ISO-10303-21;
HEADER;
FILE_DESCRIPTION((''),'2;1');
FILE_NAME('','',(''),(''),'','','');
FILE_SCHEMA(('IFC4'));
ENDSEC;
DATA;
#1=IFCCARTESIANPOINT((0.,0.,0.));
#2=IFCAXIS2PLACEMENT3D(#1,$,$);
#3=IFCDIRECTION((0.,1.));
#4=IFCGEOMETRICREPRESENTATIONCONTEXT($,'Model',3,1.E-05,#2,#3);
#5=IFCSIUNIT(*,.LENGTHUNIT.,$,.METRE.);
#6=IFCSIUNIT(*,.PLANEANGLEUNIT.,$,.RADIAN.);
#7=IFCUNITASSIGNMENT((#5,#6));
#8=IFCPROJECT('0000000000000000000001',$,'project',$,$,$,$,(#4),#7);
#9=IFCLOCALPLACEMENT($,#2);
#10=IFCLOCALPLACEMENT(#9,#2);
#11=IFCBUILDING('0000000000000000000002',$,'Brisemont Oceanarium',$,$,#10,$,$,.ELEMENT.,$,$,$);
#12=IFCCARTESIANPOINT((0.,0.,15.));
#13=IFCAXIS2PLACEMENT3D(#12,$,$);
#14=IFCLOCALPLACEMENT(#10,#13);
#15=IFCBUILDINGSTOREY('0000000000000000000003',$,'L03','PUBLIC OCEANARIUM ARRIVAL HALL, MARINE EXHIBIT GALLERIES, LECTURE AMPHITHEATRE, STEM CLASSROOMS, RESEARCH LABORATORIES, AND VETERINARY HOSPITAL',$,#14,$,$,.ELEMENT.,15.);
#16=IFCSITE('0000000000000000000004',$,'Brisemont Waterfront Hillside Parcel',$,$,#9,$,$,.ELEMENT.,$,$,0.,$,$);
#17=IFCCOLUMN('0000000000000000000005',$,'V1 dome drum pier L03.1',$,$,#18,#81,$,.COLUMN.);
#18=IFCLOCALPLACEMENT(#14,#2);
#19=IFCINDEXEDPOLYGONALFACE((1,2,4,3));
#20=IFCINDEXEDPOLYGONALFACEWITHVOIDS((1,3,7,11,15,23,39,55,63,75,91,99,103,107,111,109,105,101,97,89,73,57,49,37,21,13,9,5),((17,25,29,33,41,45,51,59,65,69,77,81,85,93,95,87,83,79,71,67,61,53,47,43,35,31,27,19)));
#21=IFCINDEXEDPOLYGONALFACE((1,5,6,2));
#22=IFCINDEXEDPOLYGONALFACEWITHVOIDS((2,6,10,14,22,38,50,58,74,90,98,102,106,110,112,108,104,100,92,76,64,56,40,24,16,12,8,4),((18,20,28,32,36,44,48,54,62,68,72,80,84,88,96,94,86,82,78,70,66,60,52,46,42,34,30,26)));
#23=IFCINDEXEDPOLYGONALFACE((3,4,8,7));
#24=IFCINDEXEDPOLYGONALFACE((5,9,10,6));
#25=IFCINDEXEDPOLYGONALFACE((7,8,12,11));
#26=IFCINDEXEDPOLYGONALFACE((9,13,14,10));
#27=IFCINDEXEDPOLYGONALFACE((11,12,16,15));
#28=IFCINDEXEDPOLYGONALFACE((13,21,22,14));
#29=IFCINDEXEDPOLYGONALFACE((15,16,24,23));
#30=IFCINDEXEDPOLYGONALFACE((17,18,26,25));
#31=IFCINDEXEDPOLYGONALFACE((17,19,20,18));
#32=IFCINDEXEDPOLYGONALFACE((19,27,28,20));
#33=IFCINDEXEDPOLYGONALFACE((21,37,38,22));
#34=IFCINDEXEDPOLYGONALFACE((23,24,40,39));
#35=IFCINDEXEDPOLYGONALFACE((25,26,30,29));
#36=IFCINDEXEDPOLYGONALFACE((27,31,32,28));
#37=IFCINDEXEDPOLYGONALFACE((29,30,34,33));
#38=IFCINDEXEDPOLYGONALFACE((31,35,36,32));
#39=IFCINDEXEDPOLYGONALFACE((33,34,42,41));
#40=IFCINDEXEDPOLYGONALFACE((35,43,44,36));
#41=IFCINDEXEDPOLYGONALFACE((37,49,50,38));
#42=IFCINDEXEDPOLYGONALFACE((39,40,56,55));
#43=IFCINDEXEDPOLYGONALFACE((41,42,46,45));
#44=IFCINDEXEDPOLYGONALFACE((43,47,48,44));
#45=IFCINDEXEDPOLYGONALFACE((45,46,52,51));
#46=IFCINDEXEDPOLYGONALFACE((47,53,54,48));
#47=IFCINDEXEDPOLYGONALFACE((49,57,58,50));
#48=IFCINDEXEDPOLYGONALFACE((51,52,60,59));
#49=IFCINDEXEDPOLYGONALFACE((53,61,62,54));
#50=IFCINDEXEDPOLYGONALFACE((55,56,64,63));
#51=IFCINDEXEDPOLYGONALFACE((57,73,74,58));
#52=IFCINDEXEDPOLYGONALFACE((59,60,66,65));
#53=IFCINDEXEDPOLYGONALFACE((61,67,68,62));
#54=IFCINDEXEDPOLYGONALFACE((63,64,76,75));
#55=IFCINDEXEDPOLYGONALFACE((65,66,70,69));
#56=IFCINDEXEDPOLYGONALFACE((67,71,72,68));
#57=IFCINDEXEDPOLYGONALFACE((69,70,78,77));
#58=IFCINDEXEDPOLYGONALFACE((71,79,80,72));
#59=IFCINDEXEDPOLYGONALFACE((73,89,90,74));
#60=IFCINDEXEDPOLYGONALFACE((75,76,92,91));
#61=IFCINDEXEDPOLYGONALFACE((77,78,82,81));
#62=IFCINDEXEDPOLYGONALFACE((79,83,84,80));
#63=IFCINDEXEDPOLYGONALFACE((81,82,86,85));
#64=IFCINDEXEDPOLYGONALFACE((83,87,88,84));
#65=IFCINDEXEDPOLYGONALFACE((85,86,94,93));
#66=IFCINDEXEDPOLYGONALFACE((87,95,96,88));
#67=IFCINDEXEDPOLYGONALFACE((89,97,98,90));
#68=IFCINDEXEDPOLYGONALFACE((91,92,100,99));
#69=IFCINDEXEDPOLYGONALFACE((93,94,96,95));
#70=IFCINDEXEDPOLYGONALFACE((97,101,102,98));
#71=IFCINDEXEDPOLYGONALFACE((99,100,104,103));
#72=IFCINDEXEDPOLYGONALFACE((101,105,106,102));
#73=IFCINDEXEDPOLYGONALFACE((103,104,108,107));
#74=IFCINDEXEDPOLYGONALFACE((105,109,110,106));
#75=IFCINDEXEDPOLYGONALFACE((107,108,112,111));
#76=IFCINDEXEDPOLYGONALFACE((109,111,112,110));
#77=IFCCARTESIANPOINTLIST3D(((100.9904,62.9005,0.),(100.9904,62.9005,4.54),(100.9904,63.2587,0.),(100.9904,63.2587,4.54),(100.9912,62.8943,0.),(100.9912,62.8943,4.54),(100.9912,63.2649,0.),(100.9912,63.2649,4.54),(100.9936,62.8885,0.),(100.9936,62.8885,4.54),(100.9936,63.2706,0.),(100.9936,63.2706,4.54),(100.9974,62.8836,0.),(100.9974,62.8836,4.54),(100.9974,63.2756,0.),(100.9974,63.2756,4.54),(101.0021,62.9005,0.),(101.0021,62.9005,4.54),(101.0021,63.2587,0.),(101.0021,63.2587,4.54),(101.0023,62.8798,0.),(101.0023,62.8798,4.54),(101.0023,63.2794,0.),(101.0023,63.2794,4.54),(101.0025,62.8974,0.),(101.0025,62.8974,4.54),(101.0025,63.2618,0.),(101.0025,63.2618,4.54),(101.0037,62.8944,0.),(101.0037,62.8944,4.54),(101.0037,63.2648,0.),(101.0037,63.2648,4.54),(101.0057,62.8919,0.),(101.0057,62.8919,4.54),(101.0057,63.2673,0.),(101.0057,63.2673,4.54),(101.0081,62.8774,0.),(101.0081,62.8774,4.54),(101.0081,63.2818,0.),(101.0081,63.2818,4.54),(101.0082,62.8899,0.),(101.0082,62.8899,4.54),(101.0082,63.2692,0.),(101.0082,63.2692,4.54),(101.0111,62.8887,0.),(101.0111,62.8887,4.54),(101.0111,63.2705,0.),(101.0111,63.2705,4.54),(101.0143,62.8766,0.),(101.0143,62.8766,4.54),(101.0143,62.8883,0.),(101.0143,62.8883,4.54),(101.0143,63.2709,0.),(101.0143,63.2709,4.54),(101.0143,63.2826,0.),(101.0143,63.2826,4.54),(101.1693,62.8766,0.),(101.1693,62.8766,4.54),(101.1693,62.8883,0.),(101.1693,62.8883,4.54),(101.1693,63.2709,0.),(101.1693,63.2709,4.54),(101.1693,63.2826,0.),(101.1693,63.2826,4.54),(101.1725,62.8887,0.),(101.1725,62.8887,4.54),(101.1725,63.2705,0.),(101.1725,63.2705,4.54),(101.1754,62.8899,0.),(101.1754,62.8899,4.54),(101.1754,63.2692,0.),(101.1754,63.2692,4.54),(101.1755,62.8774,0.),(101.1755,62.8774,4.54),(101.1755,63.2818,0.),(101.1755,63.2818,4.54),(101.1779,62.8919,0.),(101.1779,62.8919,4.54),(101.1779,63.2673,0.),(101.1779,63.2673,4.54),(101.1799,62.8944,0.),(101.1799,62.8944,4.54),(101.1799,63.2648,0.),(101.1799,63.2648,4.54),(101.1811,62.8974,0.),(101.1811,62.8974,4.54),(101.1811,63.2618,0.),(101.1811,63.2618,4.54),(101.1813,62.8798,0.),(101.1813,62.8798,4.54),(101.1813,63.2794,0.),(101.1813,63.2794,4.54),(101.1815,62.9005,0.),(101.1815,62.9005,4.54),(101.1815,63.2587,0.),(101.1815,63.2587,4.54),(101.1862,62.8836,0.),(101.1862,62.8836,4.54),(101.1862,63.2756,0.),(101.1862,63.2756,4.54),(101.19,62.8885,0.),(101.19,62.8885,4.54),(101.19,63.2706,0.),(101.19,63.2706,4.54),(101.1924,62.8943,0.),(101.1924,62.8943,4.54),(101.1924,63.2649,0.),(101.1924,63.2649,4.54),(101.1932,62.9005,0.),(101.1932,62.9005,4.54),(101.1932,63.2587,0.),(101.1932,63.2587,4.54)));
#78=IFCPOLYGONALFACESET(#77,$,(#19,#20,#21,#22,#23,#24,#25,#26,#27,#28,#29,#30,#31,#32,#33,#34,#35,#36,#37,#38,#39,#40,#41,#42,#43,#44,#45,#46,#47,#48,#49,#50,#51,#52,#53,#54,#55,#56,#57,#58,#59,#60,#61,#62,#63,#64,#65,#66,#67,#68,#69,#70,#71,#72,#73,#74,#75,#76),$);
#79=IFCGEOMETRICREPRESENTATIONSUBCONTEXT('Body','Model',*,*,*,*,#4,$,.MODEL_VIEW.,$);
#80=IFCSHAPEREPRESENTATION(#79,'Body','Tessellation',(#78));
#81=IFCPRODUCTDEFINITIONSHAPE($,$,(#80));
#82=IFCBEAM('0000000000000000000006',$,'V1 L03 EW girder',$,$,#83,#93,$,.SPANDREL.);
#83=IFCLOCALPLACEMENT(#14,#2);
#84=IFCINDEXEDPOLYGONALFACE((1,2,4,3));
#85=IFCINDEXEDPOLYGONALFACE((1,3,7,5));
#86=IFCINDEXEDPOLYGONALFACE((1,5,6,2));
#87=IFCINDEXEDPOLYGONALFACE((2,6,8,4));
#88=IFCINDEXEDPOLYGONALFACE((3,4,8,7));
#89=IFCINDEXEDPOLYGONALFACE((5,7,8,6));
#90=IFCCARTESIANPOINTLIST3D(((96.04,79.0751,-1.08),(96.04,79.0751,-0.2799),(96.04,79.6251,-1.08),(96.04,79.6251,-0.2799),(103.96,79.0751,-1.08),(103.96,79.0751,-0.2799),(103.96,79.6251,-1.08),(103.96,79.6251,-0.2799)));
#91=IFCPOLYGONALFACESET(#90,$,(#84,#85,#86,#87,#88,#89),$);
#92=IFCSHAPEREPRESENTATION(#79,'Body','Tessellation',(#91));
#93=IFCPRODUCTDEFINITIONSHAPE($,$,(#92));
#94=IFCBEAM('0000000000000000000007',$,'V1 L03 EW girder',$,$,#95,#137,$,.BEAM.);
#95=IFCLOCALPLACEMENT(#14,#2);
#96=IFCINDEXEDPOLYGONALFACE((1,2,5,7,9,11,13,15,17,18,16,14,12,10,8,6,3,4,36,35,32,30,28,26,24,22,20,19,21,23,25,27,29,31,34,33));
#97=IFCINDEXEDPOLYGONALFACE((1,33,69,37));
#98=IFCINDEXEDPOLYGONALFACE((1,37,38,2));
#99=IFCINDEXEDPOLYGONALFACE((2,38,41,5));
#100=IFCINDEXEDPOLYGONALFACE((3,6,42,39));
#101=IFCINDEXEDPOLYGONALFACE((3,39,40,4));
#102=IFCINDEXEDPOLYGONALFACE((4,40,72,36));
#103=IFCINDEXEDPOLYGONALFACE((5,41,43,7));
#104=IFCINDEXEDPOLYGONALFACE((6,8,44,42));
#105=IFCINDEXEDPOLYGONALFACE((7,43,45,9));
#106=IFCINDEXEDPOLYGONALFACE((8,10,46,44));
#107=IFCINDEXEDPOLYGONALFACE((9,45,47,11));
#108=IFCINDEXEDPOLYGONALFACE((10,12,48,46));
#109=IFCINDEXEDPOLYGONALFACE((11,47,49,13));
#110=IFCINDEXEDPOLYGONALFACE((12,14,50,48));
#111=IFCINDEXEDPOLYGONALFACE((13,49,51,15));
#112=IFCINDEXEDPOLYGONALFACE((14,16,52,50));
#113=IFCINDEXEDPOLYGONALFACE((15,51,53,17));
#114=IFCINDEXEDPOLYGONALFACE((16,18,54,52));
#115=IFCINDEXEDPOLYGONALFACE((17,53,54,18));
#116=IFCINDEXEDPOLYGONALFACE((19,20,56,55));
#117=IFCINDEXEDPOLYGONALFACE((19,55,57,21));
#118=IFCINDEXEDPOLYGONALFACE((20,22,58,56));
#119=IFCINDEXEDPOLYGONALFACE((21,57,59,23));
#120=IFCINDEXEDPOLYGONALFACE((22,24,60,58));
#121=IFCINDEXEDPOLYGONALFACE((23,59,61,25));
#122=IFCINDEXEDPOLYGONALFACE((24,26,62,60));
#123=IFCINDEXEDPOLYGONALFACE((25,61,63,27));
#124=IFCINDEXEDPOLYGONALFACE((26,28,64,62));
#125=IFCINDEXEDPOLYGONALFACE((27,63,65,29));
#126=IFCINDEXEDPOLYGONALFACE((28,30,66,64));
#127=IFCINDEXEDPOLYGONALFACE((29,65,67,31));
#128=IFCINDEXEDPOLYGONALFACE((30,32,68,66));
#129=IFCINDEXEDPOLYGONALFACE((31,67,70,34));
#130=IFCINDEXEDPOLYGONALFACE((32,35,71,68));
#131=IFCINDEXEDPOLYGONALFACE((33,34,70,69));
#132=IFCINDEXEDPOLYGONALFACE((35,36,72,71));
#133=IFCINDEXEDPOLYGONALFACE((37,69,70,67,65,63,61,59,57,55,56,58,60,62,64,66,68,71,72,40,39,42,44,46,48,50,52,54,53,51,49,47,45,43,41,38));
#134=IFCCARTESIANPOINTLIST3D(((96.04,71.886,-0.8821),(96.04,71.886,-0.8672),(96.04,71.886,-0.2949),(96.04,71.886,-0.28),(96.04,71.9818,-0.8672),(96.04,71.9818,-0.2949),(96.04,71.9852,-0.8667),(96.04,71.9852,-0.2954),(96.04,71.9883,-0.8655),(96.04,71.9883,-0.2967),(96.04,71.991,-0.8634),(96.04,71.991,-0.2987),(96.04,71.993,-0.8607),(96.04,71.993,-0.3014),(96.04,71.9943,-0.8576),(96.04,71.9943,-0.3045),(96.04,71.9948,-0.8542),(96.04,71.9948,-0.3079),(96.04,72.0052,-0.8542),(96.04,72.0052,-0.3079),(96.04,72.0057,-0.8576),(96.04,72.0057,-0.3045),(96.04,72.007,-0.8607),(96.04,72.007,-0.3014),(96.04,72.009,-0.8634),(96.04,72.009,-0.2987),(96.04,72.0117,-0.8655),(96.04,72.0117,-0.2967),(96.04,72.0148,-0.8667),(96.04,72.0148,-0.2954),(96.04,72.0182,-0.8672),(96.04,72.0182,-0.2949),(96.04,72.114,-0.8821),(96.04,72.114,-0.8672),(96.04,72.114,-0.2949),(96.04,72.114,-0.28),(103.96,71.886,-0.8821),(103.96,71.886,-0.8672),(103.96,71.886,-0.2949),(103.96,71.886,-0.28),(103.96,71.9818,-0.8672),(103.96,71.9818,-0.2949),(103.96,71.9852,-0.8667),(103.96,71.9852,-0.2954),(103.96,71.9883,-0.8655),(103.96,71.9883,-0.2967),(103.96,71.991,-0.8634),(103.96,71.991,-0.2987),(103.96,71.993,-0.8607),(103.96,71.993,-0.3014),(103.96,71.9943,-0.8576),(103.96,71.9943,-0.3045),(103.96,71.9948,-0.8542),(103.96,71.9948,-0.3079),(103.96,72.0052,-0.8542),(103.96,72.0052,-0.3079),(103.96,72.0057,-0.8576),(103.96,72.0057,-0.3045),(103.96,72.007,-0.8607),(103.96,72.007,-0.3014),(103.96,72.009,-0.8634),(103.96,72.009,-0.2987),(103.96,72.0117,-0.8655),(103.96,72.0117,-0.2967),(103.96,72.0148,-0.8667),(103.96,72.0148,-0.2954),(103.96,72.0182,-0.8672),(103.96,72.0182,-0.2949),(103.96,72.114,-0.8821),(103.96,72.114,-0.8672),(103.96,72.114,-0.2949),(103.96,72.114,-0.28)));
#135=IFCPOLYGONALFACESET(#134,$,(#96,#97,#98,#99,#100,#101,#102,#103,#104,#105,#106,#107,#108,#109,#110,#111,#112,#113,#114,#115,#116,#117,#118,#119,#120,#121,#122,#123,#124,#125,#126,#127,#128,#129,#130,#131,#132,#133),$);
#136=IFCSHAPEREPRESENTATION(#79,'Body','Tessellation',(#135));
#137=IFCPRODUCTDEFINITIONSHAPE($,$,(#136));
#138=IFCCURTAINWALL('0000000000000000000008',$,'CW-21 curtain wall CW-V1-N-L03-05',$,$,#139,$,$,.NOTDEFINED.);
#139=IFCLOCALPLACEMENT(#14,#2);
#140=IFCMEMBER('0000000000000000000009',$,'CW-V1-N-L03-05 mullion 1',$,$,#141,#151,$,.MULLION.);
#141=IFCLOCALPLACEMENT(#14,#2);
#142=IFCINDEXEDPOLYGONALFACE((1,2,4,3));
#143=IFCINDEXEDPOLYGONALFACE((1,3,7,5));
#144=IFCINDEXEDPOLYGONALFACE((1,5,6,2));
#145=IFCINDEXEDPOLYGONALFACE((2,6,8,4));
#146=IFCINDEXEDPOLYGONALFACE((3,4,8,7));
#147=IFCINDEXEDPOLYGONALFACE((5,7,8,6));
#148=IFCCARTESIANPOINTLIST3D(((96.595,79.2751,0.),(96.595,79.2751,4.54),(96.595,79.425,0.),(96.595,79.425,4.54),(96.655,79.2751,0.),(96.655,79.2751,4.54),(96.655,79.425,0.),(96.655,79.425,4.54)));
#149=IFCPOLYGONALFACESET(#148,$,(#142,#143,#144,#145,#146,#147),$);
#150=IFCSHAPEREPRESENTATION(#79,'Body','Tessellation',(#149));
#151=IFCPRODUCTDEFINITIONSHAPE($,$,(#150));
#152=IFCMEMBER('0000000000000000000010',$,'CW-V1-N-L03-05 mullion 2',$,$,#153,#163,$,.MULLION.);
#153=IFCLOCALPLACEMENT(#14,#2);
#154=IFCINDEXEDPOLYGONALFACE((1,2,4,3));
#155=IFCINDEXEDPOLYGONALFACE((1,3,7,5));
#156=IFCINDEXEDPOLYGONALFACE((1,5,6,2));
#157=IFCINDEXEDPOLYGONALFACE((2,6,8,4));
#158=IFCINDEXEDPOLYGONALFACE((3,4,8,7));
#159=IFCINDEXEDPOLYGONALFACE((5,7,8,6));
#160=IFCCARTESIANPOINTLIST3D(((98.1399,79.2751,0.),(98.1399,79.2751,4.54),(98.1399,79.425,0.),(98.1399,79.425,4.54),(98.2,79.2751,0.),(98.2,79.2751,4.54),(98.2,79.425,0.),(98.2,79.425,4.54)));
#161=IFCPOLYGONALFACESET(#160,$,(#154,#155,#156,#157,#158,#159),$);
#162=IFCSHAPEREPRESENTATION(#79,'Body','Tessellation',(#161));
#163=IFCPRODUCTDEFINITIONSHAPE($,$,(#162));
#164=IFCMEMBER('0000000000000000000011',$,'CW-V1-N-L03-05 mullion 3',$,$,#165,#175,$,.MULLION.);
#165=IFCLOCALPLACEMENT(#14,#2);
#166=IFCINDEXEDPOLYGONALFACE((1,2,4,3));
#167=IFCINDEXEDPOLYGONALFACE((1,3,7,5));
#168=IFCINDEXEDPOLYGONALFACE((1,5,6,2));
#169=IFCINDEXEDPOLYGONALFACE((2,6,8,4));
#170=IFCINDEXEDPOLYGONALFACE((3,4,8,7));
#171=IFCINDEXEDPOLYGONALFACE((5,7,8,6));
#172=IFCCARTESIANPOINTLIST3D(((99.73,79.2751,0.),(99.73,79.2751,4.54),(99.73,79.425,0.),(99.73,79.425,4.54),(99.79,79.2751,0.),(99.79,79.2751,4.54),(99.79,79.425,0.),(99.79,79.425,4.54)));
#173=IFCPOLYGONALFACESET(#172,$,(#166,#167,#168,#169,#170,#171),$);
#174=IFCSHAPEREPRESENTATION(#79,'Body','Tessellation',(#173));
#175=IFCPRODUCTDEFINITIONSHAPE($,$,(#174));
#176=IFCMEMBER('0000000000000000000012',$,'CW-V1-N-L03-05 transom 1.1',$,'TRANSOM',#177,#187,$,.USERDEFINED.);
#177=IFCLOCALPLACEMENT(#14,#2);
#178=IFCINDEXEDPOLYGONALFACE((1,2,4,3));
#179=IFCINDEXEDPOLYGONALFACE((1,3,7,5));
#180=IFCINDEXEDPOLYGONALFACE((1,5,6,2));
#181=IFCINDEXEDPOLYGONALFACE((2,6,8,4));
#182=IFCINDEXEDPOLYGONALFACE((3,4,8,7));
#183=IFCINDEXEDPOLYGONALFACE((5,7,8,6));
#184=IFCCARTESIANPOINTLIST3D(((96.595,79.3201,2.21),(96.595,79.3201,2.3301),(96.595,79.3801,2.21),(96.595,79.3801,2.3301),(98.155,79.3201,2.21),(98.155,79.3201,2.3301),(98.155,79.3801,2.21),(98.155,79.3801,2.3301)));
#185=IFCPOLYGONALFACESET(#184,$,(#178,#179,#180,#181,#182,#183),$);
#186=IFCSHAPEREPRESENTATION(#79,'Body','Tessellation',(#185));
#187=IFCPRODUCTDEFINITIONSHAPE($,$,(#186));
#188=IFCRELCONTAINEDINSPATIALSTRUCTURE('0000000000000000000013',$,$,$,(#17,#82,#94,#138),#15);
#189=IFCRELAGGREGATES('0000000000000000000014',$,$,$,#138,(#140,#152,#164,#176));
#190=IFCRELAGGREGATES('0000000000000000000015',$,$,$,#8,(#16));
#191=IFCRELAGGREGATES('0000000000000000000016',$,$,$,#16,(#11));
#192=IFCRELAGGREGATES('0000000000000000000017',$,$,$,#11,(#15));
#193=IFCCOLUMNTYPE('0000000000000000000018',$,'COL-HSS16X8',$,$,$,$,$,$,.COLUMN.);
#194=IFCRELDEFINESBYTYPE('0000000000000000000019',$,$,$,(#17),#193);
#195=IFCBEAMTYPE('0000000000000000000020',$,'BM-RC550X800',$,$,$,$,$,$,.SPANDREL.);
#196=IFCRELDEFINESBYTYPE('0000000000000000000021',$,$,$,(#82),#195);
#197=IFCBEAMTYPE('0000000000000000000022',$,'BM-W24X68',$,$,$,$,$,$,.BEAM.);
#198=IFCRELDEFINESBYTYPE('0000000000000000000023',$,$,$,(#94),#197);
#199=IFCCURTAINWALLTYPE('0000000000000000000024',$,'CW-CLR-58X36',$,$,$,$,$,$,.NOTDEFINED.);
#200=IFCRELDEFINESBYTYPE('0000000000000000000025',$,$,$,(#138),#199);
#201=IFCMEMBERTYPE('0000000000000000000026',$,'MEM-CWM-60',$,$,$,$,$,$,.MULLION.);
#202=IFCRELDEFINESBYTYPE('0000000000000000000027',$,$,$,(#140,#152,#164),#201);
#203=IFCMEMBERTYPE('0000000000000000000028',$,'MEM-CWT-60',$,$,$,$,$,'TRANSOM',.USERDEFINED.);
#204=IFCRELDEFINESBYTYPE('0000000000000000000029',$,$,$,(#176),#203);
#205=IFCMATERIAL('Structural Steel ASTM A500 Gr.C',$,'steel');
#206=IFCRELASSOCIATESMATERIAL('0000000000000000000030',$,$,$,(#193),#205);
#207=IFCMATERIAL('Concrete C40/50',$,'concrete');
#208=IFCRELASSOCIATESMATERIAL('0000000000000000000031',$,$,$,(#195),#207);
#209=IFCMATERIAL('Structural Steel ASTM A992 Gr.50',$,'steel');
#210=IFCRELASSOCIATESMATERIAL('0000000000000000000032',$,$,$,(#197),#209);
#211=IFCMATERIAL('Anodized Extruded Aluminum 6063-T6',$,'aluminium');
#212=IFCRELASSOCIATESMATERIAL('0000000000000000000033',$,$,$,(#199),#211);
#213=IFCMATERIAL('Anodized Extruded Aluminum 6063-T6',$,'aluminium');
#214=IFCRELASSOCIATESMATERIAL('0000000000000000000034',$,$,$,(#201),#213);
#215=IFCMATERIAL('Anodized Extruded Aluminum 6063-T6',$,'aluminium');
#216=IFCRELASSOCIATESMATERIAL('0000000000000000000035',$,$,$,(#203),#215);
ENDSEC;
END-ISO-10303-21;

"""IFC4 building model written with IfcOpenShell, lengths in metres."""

from ifc_helpers import new_model, si_unit, direction, frame, origin, origin_2d, place, context, subcontext, project, spatial, rectangle, hollow_rectangle, i_section, extrude, material, material_profile, profile_set, type_object, element, aggregate, save


model = new_model("IFC4")

# Units and contexts
model_context = context("Model", 3, precision=1e-05, world=origin(), true_north=direction((0.0, 1.0)))
body_context = subcontext(model_context, "Body", "Model", "MODEL_VIEW")
ifc_project = project(units=[si_unit("LENGTHUNIT", "METRE"), si_unit("PLANEANGLEUNIT", "RADIAN")], contexts=[model_context])

# Site, building, storey
site_placement = place(None, origin())
site = spatial("IfcSite", under=ifc_project, at=site_placement, Name="Brisemont Waterfront Hillside Parcel", CompositionType="ELEMENT", RefElevation=0.0)
building_placement = place(site_placement, origin())
building = spatial("IfcBuilding", under=site, at=building_placement, Name="Brisemont Oceanarium", CompositionType="ELEMENT")
storey_placement = place(building_placement, frame((0.0, 0.0, 15.0)))
storey = spatial("IfcBuildingStorey", under=building, at=storey_placement, Name="L03", Description="PUBLIC OCEANARIUM ARRIVAL HALL, MARINE EXHIBIT GALLERIES, LECTURE AMPHITHEATRE, STEM CLASSROOMS, RESEARCH LABORATORIES, AND VETERINARY HOSPITAL", CompositionType="ELEMENT", Elevation=15.0)

# Column
ifc_material_1 = material(Name="Structural Steel ASTM A500 Gr.C", Category="steel")
ifc_material_profile_1 = material_profile(ifc_material_1, hollow_rectangle(XDim=0.2029, YDim=0.406, WallThickness=0.0117, InnerFilletRadius=0.0122, OuterFilletRadius=0.0239, at=origin_2d()), Name="HSS16X8X1/2")
ifc_profile_set_1 = profile_set([ifc_material_profile_1], Name="Structural Steel ASTM A500 Gr.C")
column_type = type_object("IfcColumnType", Name="COL-HSS16X8", PredefinedType="COLUMN", material=ifc_profile_set_1)
column_placement = place(storey_placement, frame((101.0918, 63.0796, 0.0), z_axis=(0.0, 0.0, 1.0), x_axis=(1.0, 0.0, 0.0)))
element("IfcColumn", 1, at=column_placement, inside=storey, type_object=column_type, Name="V1 dome drum pier L03.1", PredefinedType="COLUMN", context=body_context, shape_type="SweptSolid", body=[
    extrude(hollow_rectangle(XDim=0.2029, YDim=0.406, WallThickness=0.0117, InnerFilletRadius=0.0122, OuterFilletRadius=0.0239, at=origin_2d()), origin(), (0.0, 0.0, 1.0), 4.54),
])

# Beams
ifc_material_2 = material(Name="Concrete C40/50", Category="concrete")
ifc_material_profile_2 = material_profile(ifc_material_2, rectangle(XDim=0.55, YDim=0.8, at=origin_2d()), Name="RC-BM-550X800")
ifc_profile_set_2 = profile_set([ifc_material_profile_2], Name="Concrete C40/50")
beam_type_1 = type_object("IfcBeamType", Name="BM-RC550X800", PredefinedType="SPANDREL", material=ifc_profile_set_2)
beam_1_placement = place(storey_placement, frame((96.04, 79.3501, -0.6799), z_axis=(1.0, 0.0, 0.0), x_axis=(0.0, 1.0, 0.0)))
element("IfcBeam", 2, at=beam_1_placement, inside=storey, type_object=beam_type_1, Name="V1 L03 EW girder", PredefinedType="SPANDREL", context=body_context, shape_type="SweptSolid", body=[
    extrude(rectangle(XDim=0.55, YDim=0.8, at=origin_2d()), origin(), (0.0, 0.0, 1.0), 7.9199),
])
ifc_material_3 = material(Name="Structural Steel ASTM A992 Gr.50", Category="steel")
ifc_material_profile_3 = material_profile(ifc_material_3, i_section(OverallWidth=0.228, OverallDepth=0.6021, WebThickness=0.0105, FlangeThickness=0.0149, FilletRadius=0.0129, at=origin_2d()), Name="W24X68")
ifc_profile_set_3 = profile_set([ifc_material_profile_3], Name="Structural Steel ASTM A992 Gr.50")
beam_type_2 = type_object("IfcBeamType", Name="BM-W24X68", PredefinedType="BEAM", material=ifc_profile_set_3)
beam_2_placement = place(storey_placement, frame((96.04, 72.0, -0.5811), z_axis=(1.0, 0.0, 0.0), x_axis=(0.0, 1.0, 0.0)))
element("IfcBeam", 3, at=beam_2_placement, inside=storey, type_object=beam_type_2, Name="V1 L03 EW girder", PredefinedType="BEAM", context=body_context, shape_type="SweptSolid", body=[
    extrude(i_section(OverallWidth=0.228, OverallDepth=0.6021, WebThickness=0.0105, FlangeThickness=0.0149, FilletRadius=0.0129, at=origin_2d()), origin(), (0.0, 0.0, 1.0), 7.9199),
])

# Curtain wall, members
ifc_material_4 = material(Name="Anodized Extruded Aluminum 6063-T6", Category="aluminium")
curtain_wall_type = type_object("IfcCurtainWallType", Name="CW-CLR-58X36", PredefinedType="NOTDEFINED", material=ifc_material_4)
curtain_wall_placement = place(storey_placement, origin())
curtain_wall = element("IfcCurtainWall", 4, at=curtain_wall_placement, inside=storey, type_object=curtain_wall_type, Name="CW-21 curtain wall CW-V1-N-L03-05", PredefinedType="NOTDEFINED")
ifc_material_5 = material(Name="Anodized Extruded Aluminum 6063-T6", Category="aluminium")
ifc_material_profile_4 = material_profile(ifc_material_5, rectangle(XDim=0.0601, YDim=0.1499, at=origin_2d()), Name="CWM-60X150")
ifc_profile_set_4 = profile_set([ifc_material_profile_4], Name="Anodized Extruded Aluminum 6063-T6")
member_type_1 = type_object("IfcMemberType", Name="MEM-CWM-60", PredefinedType="MULLION", material=ifc_profile_set_4)
member_1_placement = place(storey_placement, frame((96.625, 79.3501, 0.0), z_axis=(0.0, 0.0, 1.0), x_axis=(1.0, 0.0, 0.0)))
member_1 = element("IfcMember", 5, at=member_1_placement, type_object=member_type_1, Name="CW-V1-N-L03-05 mullion 1", PredefinedType="MULLION", context=body_context, shape_type="SweptSolid", body=[
    extrude(rectangle(XDim=0.0601, YDim=0.1499, at=origin_2d()), origin(), (0.0, 0.0, 1.0), 4.54),
])
member_2_placement = place(storey_placement, frame((98.1699, 79.3501, 0.0), z_axis=(0.0, 0.0, 1.0), x_axis=(1.0, 0.0, 0.0)))
member_2 = element("IfcMember", 6, at=member_2_placement, type_object=member_type_1, Name="CW-V1-N-L03-05 mullion 2", PredefinedType="MULLION", context=body_context, shape_type="SweptSolid", body=[
    extrude(rectangle(XDim=0.0601, YDim=0.1499, at=origin_2d()), origin(), (0.0, 0.0, 1.0), 4.54),
])
member_3_placement = place(storey_placement, frame((99.76, 79.3501, 0.0), z_axis=(0.0, 0.0, 1.0), x_axis=(1.0, 0.0, 0.0)))
member_3 = element("IfcMember", 7, at=member_3_placement, type_object=member_type_1, Name="CW-V1-N-L03-05 mullion 3", PredefinedType="MULLION", context=body_context, shape_type="SweptSolid", body=[
    extrude(rectangle(XDim=0.0601, YDim=0.1499, at=origin_2d()), origin(), (0.0, 0.0, 1.0), 4.54),
])
ifc_material_6 = material(Name="Anodized Extruded Aluminum 6063-T6", Category="aluminium")
ifc_material_profile_5 = material_profile(ifc_material_6, rectangle(XDim=0.0601, YDim=0.1201, at=origin_2d()), Name="CWT-60X120")
ifc_profile_set_5 = profile_set([ifc_material_profile_5], Name="Anodized Extruded Aluminum 6063-T6")
member_type_2 = type_object("IfcMemberType", Name="MEM-CWT-60", ElementType="TRANSOM", PredefinedType="USERDEFINED", material=ifc_profile_set_5)
member_4_placement = place(storey_placement, frame((96.595, 79.3501, 2.27), z_axis=(1.0, 0.0, 0.0), x_axis=(0.0, 1.0, 0.0)))
member_4 = element("IfcMember", 8, at=member_4_placement, type_object=member_type_2, Name="CW-V1-N-L03-05 transom 1.1", ObjectType="TRANSOM", PredefinedType="USERDEFINED", context=body_context, shape_type="SweptSolid", body=[
    extrude(rectangle(XDim=0.0601, YDim=0.1201, at=origin_2d()), origin(), (0.0, 0.0, 1.0), 1.5601),
])
aggregate(curtain_wall, [member_1, member_2, member_3, member_4])

save(model, "model.ifc")
